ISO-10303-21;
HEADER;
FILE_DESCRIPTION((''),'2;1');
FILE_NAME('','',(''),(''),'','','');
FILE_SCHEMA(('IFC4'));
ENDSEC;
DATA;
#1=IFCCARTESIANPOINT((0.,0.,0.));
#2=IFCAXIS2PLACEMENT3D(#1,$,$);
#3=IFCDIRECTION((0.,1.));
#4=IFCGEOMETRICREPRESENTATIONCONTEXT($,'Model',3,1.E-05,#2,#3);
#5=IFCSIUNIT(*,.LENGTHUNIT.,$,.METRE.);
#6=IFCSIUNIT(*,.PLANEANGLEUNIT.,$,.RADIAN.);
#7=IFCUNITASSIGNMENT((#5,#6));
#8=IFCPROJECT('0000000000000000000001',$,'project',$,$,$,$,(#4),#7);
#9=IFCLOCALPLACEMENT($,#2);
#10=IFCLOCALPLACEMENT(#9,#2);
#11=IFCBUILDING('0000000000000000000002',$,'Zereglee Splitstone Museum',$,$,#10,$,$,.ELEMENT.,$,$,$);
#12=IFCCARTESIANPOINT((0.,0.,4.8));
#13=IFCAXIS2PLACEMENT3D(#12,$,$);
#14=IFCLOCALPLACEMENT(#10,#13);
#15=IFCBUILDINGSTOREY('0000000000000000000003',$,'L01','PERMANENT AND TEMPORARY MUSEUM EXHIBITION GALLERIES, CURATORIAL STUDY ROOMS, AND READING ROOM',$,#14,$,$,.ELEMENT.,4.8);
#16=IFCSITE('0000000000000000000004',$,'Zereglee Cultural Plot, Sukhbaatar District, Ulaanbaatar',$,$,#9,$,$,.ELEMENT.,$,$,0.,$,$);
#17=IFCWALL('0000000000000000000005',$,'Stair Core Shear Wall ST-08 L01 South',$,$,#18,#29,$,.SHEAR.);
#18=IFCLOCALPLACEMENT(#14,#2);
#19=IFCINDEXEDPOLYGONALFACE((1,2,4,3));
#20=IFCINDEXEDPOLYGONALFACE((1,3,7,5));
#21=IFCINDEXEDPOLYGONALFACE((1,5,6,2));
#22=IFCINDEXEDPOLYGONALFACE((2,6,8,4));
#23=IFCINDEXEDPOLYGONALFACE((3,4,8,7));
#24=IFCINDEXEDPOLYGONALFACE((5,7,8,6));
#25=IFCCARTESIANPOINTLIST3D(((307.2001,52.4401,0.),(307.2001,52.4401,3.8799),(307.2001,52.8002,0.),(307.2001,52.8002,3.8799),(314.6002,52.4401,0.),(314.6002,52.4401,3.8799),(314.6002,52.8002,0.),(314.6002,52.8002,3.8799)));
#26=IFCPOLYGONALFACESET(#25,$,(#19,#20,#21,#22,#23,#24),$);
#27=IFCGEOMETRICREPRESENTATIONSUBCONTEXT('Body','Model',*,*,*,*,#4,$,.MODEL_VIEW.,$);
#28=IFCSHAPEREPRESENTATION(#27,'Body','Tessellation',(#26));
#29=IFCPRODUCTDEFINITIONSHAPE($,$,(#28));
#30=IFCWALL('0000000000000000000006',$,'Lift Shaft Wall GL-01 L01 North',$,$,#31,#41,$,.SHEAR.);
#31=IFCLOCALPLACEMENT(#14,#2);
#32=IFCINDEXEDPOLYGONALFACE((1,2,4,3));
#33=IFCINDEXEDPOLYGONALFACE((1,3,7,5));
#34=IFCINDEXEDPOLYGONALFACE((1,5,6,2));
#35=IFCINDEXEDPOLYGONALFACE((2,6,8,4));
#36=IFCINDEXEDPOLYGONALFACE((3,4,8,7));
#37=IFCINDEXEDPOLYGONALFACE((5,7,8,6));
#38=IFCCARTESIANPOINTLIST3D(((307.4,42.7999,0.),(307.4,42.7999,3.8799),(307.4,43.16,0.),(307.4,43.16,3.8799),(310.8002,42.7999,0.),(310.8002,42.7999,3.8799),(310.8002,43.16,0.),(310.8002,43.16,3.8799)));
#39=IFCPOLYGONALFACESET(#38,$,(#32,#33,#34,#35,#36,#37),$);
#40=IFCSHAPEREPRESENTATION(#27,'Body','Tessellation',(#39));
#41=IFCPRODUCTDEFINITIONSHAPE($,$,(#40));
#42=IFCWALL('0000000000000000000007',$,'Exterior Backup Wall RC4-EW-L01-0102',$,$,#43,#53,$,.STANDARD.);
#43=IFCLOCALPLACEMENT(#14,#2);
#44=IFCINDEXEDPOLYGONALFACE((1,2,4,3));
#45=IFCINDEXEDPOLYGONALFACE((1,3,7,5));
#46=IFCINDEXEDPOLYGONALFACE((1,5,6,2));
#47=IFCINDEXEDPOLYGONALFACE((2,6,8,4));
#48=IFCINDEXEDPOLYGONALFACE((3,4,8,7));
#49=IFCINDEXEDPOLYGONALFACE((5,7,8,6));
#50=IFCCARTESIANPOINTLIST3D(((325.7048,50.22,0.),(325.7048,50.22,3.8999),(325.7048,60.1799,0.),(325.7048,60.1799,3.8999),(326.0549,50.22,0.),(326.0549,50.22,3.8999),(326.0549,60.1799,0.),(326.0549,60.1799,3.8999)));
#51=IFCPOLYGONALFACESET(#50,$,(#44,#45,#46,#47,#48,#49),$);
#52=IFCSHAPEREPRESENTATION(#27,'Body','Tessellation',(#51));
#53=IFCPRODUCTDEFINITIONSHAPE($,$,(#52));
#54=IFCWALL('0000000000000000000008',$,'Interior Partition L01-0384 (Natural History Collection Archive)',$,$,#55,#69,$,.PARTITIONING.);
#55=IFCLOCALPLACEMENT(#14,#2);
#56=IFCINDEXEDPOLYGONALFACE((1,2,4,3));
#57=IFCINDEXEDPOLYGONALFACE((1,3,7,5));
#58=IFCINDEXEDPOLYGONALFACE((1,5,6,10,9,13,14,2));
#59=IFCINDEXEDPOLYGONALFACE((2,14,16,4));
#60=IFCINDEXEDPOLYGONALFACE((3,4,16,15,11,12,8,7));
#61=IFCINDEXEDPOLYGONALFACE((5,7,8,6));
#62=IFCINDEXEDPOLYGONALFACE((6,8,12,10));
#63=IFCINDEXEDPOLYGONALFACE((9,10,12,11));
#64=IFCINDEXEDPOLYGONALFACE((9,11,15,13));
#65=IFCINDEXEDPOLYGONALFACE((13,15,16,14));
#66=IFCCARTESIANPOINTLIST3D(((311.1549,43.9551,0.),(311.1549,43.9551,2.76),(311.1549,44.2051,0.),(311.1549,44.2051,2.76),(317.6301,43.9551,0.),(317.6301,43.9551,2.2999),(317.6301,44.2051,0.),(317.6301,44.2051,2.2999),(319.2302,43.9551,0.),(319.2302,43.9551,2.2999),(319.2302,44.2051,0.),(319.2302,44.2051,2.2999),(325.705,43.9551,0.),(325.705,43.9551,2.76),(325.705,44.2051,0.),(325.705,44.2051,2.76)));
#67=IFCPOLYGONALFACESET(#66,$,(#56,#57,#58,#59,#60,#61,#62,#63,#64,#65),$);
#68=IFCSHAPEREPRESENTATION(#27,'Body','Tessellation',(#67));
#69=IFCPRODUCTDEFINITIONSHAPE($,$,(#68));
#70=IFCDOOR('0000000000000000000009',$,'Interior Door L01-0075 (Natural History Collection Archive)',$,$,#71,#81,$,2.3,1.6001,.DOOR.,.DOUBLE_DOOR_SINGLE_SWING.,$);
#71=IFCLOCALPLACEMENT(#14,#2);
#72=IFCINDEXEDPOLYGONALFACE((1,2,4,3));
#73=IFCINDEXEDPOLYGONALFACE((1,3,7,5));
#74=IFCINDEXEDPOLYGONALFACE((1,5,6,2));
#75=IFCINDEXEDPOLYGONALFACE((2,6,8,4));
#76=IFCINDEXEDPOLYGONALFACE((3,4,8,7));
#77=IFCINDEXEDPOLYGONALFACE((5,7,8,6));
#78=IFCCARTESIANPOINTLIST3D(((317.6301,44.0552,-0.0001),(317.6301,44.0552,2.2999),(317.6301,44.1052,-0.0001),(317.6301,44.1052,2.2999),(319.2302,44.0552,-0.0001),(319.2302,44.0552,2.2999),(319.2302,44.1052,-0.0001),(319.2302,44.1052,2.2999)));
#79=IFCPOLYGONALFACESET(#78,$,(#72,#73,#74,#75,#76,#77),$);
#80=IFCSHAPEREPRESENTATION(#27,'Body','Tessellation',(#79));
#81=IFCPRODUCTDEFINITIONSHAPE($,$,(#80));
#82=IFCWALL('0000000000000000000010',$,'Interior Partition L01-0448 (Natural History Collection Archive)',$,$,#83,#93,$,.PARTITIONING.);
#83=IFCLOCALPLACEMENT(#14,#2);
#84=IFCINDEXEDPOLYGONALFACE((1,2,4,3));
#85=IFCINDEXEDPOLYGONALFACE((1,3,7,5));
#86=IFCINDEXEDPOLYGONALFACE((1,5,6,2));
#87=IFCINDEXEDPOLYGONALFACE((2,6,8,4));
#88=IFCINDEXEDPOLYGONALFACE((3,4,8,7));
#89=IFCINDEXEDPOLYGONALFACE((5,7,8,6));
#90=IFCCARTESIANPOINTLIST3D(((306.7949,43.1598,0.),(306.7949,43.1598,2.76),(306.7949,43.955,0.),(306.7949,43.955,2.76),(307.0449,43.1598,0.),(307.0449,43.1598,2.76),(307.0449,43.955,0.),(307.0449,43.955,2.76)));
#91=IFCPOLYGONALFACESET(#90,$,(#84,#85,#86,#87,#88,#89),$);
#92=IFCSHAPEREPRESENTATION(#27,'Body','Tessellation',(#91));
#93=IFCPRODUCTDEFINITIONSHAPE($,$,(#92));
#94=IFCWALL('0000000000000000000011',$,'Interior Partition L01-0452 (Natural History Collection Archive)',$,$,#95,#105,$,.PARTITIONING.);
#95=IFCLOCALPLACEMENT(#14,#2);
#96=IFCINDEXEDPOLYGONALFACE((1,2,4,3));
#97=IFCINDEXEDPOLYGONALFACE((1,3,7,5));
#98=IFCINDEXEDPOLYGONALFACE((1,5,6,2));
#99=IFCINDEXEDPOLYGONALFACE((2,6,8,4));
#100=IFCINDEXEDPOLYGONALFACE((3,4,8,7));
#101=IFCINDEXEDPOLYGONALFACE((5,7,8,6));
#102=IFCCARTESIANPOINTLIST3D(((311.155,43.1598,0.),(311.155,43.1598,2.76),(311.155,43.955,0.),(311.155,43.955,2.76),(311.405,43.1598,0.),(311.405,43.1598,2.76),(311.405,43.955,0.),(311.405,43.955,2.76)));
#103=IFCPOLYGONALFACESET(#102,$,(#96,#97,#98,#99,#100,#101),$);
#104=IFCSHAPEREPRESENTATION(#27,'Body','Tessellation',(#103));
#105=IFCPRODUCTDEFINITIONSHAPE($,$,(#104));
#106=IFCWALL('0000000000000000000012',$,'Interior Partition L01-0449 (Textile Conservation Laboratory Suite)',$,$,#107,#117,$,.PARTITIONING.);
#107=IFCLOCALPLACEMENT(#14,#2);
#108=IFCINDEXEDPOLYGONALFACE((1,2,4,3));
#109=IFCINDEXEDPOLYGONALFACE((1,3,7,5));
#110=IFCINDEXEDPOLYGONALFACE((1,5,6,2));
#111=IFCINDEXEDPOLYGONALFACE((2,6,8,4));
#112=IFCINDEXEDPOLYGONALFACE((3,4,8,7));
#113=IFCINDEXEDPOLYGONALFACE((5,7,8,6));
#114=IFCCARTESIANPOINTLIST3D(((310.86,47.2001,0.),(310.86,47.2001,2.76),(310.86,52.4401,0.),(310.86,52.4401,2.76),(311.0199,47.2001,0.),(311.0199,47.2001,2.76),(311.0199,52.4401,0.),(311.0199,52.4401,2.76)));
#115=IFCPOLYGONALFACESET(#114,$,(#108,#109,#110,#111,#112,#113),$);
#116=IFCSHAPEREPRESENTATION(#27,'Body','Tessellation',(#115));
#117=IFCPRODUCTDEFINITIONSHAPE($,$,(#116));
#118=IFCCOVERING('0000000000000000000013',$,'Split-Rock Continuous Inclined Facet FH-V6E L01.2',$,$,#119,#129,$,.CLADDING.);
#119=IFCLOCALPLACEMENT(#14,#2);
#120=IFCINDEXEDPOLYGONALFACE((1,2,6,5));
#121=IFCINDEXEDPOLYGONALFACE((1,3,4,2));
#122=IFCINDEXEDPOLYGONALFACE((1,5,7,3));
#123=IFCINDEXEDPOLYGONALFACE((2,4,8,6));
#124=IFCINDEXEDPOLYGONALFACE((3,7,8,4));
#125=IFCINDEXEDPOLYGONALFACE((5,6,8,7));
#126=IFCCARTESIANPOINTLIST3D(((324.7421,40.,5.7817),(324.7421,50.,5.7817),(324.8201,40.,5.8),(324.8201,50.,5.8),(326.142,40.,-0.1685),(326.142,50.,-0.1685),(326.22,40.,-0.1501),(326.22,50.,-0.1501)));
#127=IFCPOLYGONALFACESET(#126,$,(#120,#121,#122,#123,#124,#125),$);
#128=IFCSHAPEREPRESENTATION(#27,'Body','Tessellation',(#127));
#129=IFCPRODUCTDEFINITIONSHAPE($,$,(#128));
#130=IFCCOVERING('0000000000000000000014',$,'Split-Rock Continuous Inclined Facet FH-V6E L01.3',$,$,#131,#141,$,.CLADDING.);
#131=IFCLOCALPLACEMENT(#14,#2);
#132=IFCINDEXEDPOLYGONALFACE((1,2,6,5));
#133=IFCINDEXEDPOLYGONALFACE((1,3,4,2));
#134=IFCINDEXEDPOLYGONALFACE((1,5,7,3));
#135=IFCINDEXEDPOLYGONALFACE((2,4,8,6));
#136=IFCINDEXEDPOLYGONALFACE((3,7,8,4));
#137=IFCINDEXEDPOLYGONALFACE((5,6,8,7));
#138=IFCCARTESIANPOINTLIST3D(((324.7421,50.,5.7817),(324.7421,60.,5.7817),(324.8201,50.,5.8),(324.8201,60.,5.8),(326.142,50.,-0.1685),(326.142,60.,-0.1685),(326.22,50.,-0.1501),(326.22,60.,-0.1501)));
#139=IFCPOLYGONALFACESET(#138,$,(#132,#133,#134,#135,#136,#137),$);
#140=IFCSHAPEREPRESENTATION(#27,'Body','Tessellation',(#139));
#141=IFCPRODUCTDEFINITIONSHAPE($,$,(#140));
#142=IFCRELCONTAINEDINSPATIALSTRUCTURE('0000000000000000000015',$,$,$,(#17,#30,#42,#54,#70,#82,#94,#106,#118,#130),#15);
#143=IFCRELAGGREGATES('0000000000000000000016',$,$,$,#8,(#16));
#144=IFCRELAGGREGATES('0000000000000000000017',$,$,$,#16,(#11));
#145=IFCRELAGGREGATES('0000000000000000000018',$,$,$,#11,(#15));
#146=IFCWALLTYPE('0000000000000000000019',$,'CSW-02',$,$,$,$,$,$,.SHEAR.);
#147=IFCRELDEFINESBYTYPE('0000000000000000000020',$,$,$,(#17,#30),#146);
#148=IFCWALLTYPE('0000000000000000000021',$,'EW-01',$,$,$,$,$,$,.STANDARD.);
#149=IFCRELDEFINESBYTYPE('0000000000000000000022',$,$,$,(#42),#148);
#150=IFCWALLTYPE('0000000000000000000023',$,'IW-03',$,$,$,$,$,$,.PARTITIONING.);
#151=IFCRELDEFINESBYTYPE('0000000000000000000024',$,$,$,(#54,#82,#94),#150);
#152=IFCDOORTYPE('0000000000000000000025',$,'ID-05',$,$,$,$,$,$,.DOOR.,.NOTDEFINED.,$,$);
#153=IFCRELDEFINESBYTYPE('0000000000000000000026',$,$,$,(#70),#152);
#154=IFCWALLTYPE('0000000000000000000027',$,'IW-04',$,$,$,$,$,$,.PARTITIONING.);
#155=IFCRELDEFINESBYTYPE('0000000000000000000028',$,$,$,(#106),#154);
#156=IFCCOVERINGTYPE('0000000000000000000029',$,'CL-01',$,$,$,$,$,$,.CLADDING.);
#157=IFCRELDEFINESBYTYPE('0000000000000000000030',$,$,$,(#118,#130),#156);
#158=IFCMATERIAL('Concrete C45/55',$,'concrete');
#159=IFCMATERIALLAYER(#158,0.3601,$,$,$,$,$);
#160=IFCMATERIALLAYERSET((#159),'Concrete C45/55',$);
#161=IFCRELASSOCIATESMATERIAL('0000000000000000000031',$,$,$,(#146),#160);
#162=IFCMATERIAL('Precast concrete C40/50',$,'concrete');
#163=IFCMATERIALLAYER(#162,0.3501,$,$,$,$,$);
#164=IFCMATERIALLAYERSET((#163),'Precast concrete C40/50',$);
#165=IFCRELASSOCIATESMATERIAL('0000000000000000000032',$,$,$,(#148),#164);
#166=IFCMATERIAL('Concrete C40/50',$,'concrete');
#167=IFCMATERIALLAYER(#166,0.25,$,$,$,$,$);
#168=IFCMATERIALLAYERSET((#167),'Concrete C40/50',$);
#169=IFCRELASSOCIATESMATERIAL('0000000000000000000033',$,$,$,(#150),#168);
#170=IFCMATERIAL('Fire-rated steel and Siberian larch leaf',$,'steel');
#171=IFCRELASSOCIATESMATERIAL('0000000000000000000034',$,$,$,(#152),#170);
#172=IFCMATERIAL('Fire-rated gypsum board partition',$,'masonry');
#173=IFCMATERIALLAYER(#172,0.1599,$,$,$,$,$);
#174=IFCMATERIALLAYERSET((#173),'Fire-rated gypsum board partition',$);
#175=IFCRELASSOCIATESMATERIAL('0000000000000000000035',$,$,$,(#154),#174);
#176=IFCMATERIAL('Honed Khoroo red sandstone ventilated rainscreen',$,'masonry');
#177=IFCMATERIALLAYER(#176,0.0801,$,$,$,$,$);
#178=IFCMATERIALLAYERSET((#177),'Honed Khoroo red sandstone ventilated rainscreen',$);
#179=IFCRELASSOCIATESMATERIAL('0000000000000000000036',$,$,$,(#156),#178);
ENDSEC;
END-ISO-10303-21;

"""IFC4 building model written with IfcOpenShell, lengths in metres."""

from ifc_helpers import new_model, si_unit, direction, frame, frame_2d, origin, place, context, subcontext, project, spatial, polyline, rectangle, outline, extrude, material, layer, layer_set, type_object, element, fill, save


model = new_model("IFC4")

# Units and contexts
model_context = context("Model", 3, precision=1e-05, world=origin(), true_north=direction((0.0, 1.0)))
body_context = subcontext(model_context, "Body", "Model", "MODEL_VIEW")
ifc_project = project(units=[si_unit("LENGTHUNIT", "METRE"), si_unit("PLANEANGLEUNIT", "RADIAN")], contexts=[model_context])

# Site, building, storey
site_placement = place(None, origin())
site = spatial("IfcSite", under=ifc_project, at=site_placement, Name="Zereglee Cultural Plot, Sukhbaatar District, Ulaanbaatar", CompositionType="ELEMENT", RefElevation=0.0)
building_placement = place(site_placement, origin())
building = spatial("IfcBuilding", under=site, at=building_placement, Name="Zereglee Splitstone Museum", CompositionType="ELEMENT")
storey_placement = place(building_placement, frame((0.0, 0.0, 4.8)))
storey = spatial("IfcBuildingStorey", under=building, at=storey_placement, Name="L01", Description="PERMANENT AND TEMPORARY MUSEUM EXHIBITION GALLERIES, CURATORIAL STUDY ROOMS, AND READING ROOM", CompositionType="ELEMENT", Elevation=4.8)

# Shared definitions
ifc_material_1 = material(Name="Concrete C45/55", Category="concrete")
ifc_layer_1 = layer(ifc_material_1, 0.3601)
ifc_layer_set_1 = layer_set([ifc_layer_1], Name="Concrete C45/55")
wall_type_1 = type_object("IfcWallType", Name="CSW-02", PredefinedType="SHEAR", material=ifc_layer_set_1)
ifc_material_2 = material(Name="Fire-rated steel and Siberian larch leaf", Category="steel")

# Walls
for number, where, z_axis, x_axis, name in (
    (1, (307.2, 52.6201, 0.0), (0.0, 0.0, 1.0), (1.0, 0.0, 0.0), "Stair Core Shear Wall ST-08 L01 South"),
):
    element("IfcWall", number, at=place(storey_placement, frame(where, z_axis=z_axis, x_axis=x_axis)), inside=storey, type_object=wall_type_1, Name=name, PredefinedType="SHEAR", context=body_context, shape_type="SweptSolid", body=[
        extrude(rectangle(XDim=7.4001, YDim=0.3601, at=frame_2d((3.7002, 0.0))), origin(), (0.0, 0.0, 1.0), 3.8799),
    ])
wall_1_placement = place(storey_placement, frame((307.3999, 42.98, 0.0), z_axis=(0.0, 0.0, 1.0), x_axis=(1.0, 0.0, 0.0)))
element("IfcWall", 2, at=wall_1_placement, inside=storey, type_object=wall_type_1, Name="Lift Shaft Wall GL-01 L01 North", PredefinedType="SHEAR", context=body_context, shape_type="SweptSolid", body=[
    extrude(rectangle(XDim=3.4001, YDim=0.3601, at=frame_2d((1.7002, 0.0))), origin(), (0.0, 0.0, 1.0), 3.8799),
])

# Wall
ifc_material_3 = material(Name="Precast concrete C40/50", Category="concrete")
ifc_layer_2 = layer(ifc_material_3, 0.3501)
ifc_layer_set_2 = layer_set([ifc_layer_2], Name="Precast concrete C40/50")
wall_type_2 = type_object("IfcWallType", Name="EW-01", PredefinedType="STANDARD", material=ifc_layer_set_2)
wall_2_placement = place(storey_placement, frame((325.8799, 50.22, 0.0), z_axis=(0.0, 0.0, 1.0), x_axis=(0.0, 1.0, 0.0)))
element("IfcWall", 3, at=wall_2_placement, inside=storey, type_object=wall_type_2, Name="Exterior Backup Wall RC4-EW-L01-0102", PredefinedType="STANDARD", context=body_context, shape_type="SweptSolid", body=[
    extrude(rectangle(XDim=9.96, YDim=0.3501, at=frame_2d((4.98, 0.0))), origin(), (0.0, 0.0, 1.0), 3.8999),
])

# Wall, opening, door
ifc_material_4 = material(Name="Concrete C40/50", Category="concrete")
ifc_layer_3 = layer(ifc_material_4, 0.25)
ifc_layer_set_3 = layer_set([ifc_layer_3], Name="Concrete C40/50")
wall_type_3 = type_object("IfcWallType", Name="IW-03", PredefinedType="PARTITIONING", material=ifc_layer_set_3)
wall_3_placement = place(storey_placement, frame((311.155, 44.0801, 0.0), z_axis=(0.0, 0.0, 1.0), x_axis=(1.0, 0.0, 0.0)))
wall_3 = element("IfcWall", 4, at=wall_3_placement, inside=storey, type_object=wall_type_3, Name="Interior Partition L01-0384 (Natural History Collection Archive)", PredefinedType="PARTITIONING", context=body_context, shape_type="SweptSolid", body=[
    extrude(rectangle(XDim=14.55, YDim=0.25, at=frame_2d((7.2749, 0.0))), origin(), (0.0, 0.0, 1.0), 2.76),
])
opening_1_placement = place(wall_3_placement, frame((6.4751, 0.0, 0.0)))
opening_1 = element("IfcOpeningElement", 5, at=opening_1_placement, cuts=wall_3, PredefinedType="OPENING", context=body_context, shape_type="SweptSolid", body=[
    extrude(rectangle(XDim=1.6001, YDim=2.3, at=frame_2d((0.8, 1.1499))), frame((0.0, 0.1399, 0.0), z_axis=(0.0, -1.0, 0.0), x_axis=(1.0, 0.0, 0.0)), (0.0, 0.0, 1.0), 0.2798),
])
door_type_1 = type_object("IfcDoorType", Name="ID-05", OperationType="NOTDEFINED", PredefinedType="DOOR", material=ifc_material_2)
door_1_placement = place(opening_1_placement, frame((1.6001, 0.0, 0.0), z_axis=(0.0, 0.0, 1.0), x_axis=(-1.0, 0.0, 0.0)))
door_1 = element("IfcDoor", 6, at=door_1_placement, inside=storey, type_object=door_type_1, Name="Interior Door L01-0075 (Natural History Collection Archive)", OperationType="DOUBLE_DOOR_SINGLE_SWING", OverallHeight=2.3, OverallWidth=1.6001, PredefinedType="DOOR", context=body_context, shape_type="SweptSolid", body=[
    extrude(rectangle(XDim=1.6001, YDim=2.3, at=frame_2d((0.8, 1.1499))), frame((0.0, 0.0249, 0.0), z_axis=(0.0, -1.0, 0.0), x_axis=(1.0, 0.0, 0.0)), (0.0, 0.0, 1.0), 0.05),
])
fill(opening_1, door_1)

# Walls
for number, where, z_axis, x_axis, name in (
    (7, (306.9199, 43.1599, 0.0), (0.0, 0.0, 1.0), (0.0, 1.0, 0.0), "Interior Partition L01-0448 (Natural History Collection Archive)"),
    (8, (311.28, 43.1599, 0.0), (0.0, 0.0, 1.0), (0.0, 1.0, 0.0), "Interior Partition L01-0452 (Natural History Collection Archive)"),
):
    element("IfcWall", number, at=place(storey_placement, frame(where, z_axis=z_axis, x_axis=x_axis)), inside=storey, type_object=wall_type_3, Name=name, PredefinedType="PARTITIONING", context=body_context, shape_type="SweptSolid", body=[
        extrude(rectangle(XDim=0.7952, YDim=0.25, at=frame_2d((0.3975, 0.0))), origin(), (0.0, 0.0, 1.0), 2.76),
    ])
ifc_material_5 = material(Name="Fire-rated gypsum board partition", Category="masonry")
ifc_layer_4 = layer(ifc_material_5, 0.1599)
ifc_layer_set_4 = layer_set([ifc_layer_4], Name="Fire-rated gypsum board partition")
wall_type_4 = type_object("IfcWallType", Name="IW-04", PredefinedType="PARTITIONING", material=ifc_layer_set_4)
wall_4_placement = place(storey_placement, frame((310.9399, 47.2, 0.0), z_axis=(0.0, 0.0, 1.0), x_axis=(0.0, 1.0, 0.0)))
element("IfcWall", 9, at=wall_4_placement, inside=storey, type_object=wall_type_4, Name="Interior Partition L01-0449 (Textile Conservation Laboratory Suite)", PredefinedType="PARTITIONING", context=body_context, shape_type="SweptSolid", body=[
    extrude(rectangle(XDim=5.24, YDim=0.1599, at=frame_2d((2.6201, 0.0))), origin(), (0.0, 0.0, 1.0), 2.76),
])

# Coverings
ifc_material_6 = material(Name="Honed Khoroo red sandstone ventilated rainscreen", Category="masonry")
ifc_layer_5 = layer(ifc_material_6, 0.0801)
ifc_layer_set_5 = layer_set([ifc_layer_5], Name="Honed Khoroo red sandstone ventilated rainscreen")
covering_type = type_object("IfcCoveringType", Name="CL-01", PredefinedType="CLADDING", material=ifc_layer_set_5)
for number, where, z_axis, x_axis, name in (
    (10, (326.22, 40.0, -0.1501), (0.973422, 0.0, 0.229017), (0.0, 1.0, 0.0), "Split-Rock Continuous Inclined Facet FH-V6E L01.2"),
    (11, (326.22, 50.0, -0.1501), (0.973422, 0.0, 0.229017), (0.0, 1.0, 0.0), "Split-Rock Continuous Inclined Facet FH-V6E L01.3"),
):
    element("IfcCovering", number, at=place(storey_placement, frame(where, z_axis=z_axis, x_axis=x_axis)), inside=storey, type_object=covering_type, Name=name, PredefinedType="CLADDING", context=body_context, shape_type="SweptSolid", body=[
        extrude(outline(polyline([(0.0, 0.0), (10.0, 0.0), (10.0, 6.1127), (0.0, 6.1127), (0.0, 0.0)])), origin(), (0.0, 0.0, -1.0), 0.0801),
    ])

save(model, "model.ifc")
